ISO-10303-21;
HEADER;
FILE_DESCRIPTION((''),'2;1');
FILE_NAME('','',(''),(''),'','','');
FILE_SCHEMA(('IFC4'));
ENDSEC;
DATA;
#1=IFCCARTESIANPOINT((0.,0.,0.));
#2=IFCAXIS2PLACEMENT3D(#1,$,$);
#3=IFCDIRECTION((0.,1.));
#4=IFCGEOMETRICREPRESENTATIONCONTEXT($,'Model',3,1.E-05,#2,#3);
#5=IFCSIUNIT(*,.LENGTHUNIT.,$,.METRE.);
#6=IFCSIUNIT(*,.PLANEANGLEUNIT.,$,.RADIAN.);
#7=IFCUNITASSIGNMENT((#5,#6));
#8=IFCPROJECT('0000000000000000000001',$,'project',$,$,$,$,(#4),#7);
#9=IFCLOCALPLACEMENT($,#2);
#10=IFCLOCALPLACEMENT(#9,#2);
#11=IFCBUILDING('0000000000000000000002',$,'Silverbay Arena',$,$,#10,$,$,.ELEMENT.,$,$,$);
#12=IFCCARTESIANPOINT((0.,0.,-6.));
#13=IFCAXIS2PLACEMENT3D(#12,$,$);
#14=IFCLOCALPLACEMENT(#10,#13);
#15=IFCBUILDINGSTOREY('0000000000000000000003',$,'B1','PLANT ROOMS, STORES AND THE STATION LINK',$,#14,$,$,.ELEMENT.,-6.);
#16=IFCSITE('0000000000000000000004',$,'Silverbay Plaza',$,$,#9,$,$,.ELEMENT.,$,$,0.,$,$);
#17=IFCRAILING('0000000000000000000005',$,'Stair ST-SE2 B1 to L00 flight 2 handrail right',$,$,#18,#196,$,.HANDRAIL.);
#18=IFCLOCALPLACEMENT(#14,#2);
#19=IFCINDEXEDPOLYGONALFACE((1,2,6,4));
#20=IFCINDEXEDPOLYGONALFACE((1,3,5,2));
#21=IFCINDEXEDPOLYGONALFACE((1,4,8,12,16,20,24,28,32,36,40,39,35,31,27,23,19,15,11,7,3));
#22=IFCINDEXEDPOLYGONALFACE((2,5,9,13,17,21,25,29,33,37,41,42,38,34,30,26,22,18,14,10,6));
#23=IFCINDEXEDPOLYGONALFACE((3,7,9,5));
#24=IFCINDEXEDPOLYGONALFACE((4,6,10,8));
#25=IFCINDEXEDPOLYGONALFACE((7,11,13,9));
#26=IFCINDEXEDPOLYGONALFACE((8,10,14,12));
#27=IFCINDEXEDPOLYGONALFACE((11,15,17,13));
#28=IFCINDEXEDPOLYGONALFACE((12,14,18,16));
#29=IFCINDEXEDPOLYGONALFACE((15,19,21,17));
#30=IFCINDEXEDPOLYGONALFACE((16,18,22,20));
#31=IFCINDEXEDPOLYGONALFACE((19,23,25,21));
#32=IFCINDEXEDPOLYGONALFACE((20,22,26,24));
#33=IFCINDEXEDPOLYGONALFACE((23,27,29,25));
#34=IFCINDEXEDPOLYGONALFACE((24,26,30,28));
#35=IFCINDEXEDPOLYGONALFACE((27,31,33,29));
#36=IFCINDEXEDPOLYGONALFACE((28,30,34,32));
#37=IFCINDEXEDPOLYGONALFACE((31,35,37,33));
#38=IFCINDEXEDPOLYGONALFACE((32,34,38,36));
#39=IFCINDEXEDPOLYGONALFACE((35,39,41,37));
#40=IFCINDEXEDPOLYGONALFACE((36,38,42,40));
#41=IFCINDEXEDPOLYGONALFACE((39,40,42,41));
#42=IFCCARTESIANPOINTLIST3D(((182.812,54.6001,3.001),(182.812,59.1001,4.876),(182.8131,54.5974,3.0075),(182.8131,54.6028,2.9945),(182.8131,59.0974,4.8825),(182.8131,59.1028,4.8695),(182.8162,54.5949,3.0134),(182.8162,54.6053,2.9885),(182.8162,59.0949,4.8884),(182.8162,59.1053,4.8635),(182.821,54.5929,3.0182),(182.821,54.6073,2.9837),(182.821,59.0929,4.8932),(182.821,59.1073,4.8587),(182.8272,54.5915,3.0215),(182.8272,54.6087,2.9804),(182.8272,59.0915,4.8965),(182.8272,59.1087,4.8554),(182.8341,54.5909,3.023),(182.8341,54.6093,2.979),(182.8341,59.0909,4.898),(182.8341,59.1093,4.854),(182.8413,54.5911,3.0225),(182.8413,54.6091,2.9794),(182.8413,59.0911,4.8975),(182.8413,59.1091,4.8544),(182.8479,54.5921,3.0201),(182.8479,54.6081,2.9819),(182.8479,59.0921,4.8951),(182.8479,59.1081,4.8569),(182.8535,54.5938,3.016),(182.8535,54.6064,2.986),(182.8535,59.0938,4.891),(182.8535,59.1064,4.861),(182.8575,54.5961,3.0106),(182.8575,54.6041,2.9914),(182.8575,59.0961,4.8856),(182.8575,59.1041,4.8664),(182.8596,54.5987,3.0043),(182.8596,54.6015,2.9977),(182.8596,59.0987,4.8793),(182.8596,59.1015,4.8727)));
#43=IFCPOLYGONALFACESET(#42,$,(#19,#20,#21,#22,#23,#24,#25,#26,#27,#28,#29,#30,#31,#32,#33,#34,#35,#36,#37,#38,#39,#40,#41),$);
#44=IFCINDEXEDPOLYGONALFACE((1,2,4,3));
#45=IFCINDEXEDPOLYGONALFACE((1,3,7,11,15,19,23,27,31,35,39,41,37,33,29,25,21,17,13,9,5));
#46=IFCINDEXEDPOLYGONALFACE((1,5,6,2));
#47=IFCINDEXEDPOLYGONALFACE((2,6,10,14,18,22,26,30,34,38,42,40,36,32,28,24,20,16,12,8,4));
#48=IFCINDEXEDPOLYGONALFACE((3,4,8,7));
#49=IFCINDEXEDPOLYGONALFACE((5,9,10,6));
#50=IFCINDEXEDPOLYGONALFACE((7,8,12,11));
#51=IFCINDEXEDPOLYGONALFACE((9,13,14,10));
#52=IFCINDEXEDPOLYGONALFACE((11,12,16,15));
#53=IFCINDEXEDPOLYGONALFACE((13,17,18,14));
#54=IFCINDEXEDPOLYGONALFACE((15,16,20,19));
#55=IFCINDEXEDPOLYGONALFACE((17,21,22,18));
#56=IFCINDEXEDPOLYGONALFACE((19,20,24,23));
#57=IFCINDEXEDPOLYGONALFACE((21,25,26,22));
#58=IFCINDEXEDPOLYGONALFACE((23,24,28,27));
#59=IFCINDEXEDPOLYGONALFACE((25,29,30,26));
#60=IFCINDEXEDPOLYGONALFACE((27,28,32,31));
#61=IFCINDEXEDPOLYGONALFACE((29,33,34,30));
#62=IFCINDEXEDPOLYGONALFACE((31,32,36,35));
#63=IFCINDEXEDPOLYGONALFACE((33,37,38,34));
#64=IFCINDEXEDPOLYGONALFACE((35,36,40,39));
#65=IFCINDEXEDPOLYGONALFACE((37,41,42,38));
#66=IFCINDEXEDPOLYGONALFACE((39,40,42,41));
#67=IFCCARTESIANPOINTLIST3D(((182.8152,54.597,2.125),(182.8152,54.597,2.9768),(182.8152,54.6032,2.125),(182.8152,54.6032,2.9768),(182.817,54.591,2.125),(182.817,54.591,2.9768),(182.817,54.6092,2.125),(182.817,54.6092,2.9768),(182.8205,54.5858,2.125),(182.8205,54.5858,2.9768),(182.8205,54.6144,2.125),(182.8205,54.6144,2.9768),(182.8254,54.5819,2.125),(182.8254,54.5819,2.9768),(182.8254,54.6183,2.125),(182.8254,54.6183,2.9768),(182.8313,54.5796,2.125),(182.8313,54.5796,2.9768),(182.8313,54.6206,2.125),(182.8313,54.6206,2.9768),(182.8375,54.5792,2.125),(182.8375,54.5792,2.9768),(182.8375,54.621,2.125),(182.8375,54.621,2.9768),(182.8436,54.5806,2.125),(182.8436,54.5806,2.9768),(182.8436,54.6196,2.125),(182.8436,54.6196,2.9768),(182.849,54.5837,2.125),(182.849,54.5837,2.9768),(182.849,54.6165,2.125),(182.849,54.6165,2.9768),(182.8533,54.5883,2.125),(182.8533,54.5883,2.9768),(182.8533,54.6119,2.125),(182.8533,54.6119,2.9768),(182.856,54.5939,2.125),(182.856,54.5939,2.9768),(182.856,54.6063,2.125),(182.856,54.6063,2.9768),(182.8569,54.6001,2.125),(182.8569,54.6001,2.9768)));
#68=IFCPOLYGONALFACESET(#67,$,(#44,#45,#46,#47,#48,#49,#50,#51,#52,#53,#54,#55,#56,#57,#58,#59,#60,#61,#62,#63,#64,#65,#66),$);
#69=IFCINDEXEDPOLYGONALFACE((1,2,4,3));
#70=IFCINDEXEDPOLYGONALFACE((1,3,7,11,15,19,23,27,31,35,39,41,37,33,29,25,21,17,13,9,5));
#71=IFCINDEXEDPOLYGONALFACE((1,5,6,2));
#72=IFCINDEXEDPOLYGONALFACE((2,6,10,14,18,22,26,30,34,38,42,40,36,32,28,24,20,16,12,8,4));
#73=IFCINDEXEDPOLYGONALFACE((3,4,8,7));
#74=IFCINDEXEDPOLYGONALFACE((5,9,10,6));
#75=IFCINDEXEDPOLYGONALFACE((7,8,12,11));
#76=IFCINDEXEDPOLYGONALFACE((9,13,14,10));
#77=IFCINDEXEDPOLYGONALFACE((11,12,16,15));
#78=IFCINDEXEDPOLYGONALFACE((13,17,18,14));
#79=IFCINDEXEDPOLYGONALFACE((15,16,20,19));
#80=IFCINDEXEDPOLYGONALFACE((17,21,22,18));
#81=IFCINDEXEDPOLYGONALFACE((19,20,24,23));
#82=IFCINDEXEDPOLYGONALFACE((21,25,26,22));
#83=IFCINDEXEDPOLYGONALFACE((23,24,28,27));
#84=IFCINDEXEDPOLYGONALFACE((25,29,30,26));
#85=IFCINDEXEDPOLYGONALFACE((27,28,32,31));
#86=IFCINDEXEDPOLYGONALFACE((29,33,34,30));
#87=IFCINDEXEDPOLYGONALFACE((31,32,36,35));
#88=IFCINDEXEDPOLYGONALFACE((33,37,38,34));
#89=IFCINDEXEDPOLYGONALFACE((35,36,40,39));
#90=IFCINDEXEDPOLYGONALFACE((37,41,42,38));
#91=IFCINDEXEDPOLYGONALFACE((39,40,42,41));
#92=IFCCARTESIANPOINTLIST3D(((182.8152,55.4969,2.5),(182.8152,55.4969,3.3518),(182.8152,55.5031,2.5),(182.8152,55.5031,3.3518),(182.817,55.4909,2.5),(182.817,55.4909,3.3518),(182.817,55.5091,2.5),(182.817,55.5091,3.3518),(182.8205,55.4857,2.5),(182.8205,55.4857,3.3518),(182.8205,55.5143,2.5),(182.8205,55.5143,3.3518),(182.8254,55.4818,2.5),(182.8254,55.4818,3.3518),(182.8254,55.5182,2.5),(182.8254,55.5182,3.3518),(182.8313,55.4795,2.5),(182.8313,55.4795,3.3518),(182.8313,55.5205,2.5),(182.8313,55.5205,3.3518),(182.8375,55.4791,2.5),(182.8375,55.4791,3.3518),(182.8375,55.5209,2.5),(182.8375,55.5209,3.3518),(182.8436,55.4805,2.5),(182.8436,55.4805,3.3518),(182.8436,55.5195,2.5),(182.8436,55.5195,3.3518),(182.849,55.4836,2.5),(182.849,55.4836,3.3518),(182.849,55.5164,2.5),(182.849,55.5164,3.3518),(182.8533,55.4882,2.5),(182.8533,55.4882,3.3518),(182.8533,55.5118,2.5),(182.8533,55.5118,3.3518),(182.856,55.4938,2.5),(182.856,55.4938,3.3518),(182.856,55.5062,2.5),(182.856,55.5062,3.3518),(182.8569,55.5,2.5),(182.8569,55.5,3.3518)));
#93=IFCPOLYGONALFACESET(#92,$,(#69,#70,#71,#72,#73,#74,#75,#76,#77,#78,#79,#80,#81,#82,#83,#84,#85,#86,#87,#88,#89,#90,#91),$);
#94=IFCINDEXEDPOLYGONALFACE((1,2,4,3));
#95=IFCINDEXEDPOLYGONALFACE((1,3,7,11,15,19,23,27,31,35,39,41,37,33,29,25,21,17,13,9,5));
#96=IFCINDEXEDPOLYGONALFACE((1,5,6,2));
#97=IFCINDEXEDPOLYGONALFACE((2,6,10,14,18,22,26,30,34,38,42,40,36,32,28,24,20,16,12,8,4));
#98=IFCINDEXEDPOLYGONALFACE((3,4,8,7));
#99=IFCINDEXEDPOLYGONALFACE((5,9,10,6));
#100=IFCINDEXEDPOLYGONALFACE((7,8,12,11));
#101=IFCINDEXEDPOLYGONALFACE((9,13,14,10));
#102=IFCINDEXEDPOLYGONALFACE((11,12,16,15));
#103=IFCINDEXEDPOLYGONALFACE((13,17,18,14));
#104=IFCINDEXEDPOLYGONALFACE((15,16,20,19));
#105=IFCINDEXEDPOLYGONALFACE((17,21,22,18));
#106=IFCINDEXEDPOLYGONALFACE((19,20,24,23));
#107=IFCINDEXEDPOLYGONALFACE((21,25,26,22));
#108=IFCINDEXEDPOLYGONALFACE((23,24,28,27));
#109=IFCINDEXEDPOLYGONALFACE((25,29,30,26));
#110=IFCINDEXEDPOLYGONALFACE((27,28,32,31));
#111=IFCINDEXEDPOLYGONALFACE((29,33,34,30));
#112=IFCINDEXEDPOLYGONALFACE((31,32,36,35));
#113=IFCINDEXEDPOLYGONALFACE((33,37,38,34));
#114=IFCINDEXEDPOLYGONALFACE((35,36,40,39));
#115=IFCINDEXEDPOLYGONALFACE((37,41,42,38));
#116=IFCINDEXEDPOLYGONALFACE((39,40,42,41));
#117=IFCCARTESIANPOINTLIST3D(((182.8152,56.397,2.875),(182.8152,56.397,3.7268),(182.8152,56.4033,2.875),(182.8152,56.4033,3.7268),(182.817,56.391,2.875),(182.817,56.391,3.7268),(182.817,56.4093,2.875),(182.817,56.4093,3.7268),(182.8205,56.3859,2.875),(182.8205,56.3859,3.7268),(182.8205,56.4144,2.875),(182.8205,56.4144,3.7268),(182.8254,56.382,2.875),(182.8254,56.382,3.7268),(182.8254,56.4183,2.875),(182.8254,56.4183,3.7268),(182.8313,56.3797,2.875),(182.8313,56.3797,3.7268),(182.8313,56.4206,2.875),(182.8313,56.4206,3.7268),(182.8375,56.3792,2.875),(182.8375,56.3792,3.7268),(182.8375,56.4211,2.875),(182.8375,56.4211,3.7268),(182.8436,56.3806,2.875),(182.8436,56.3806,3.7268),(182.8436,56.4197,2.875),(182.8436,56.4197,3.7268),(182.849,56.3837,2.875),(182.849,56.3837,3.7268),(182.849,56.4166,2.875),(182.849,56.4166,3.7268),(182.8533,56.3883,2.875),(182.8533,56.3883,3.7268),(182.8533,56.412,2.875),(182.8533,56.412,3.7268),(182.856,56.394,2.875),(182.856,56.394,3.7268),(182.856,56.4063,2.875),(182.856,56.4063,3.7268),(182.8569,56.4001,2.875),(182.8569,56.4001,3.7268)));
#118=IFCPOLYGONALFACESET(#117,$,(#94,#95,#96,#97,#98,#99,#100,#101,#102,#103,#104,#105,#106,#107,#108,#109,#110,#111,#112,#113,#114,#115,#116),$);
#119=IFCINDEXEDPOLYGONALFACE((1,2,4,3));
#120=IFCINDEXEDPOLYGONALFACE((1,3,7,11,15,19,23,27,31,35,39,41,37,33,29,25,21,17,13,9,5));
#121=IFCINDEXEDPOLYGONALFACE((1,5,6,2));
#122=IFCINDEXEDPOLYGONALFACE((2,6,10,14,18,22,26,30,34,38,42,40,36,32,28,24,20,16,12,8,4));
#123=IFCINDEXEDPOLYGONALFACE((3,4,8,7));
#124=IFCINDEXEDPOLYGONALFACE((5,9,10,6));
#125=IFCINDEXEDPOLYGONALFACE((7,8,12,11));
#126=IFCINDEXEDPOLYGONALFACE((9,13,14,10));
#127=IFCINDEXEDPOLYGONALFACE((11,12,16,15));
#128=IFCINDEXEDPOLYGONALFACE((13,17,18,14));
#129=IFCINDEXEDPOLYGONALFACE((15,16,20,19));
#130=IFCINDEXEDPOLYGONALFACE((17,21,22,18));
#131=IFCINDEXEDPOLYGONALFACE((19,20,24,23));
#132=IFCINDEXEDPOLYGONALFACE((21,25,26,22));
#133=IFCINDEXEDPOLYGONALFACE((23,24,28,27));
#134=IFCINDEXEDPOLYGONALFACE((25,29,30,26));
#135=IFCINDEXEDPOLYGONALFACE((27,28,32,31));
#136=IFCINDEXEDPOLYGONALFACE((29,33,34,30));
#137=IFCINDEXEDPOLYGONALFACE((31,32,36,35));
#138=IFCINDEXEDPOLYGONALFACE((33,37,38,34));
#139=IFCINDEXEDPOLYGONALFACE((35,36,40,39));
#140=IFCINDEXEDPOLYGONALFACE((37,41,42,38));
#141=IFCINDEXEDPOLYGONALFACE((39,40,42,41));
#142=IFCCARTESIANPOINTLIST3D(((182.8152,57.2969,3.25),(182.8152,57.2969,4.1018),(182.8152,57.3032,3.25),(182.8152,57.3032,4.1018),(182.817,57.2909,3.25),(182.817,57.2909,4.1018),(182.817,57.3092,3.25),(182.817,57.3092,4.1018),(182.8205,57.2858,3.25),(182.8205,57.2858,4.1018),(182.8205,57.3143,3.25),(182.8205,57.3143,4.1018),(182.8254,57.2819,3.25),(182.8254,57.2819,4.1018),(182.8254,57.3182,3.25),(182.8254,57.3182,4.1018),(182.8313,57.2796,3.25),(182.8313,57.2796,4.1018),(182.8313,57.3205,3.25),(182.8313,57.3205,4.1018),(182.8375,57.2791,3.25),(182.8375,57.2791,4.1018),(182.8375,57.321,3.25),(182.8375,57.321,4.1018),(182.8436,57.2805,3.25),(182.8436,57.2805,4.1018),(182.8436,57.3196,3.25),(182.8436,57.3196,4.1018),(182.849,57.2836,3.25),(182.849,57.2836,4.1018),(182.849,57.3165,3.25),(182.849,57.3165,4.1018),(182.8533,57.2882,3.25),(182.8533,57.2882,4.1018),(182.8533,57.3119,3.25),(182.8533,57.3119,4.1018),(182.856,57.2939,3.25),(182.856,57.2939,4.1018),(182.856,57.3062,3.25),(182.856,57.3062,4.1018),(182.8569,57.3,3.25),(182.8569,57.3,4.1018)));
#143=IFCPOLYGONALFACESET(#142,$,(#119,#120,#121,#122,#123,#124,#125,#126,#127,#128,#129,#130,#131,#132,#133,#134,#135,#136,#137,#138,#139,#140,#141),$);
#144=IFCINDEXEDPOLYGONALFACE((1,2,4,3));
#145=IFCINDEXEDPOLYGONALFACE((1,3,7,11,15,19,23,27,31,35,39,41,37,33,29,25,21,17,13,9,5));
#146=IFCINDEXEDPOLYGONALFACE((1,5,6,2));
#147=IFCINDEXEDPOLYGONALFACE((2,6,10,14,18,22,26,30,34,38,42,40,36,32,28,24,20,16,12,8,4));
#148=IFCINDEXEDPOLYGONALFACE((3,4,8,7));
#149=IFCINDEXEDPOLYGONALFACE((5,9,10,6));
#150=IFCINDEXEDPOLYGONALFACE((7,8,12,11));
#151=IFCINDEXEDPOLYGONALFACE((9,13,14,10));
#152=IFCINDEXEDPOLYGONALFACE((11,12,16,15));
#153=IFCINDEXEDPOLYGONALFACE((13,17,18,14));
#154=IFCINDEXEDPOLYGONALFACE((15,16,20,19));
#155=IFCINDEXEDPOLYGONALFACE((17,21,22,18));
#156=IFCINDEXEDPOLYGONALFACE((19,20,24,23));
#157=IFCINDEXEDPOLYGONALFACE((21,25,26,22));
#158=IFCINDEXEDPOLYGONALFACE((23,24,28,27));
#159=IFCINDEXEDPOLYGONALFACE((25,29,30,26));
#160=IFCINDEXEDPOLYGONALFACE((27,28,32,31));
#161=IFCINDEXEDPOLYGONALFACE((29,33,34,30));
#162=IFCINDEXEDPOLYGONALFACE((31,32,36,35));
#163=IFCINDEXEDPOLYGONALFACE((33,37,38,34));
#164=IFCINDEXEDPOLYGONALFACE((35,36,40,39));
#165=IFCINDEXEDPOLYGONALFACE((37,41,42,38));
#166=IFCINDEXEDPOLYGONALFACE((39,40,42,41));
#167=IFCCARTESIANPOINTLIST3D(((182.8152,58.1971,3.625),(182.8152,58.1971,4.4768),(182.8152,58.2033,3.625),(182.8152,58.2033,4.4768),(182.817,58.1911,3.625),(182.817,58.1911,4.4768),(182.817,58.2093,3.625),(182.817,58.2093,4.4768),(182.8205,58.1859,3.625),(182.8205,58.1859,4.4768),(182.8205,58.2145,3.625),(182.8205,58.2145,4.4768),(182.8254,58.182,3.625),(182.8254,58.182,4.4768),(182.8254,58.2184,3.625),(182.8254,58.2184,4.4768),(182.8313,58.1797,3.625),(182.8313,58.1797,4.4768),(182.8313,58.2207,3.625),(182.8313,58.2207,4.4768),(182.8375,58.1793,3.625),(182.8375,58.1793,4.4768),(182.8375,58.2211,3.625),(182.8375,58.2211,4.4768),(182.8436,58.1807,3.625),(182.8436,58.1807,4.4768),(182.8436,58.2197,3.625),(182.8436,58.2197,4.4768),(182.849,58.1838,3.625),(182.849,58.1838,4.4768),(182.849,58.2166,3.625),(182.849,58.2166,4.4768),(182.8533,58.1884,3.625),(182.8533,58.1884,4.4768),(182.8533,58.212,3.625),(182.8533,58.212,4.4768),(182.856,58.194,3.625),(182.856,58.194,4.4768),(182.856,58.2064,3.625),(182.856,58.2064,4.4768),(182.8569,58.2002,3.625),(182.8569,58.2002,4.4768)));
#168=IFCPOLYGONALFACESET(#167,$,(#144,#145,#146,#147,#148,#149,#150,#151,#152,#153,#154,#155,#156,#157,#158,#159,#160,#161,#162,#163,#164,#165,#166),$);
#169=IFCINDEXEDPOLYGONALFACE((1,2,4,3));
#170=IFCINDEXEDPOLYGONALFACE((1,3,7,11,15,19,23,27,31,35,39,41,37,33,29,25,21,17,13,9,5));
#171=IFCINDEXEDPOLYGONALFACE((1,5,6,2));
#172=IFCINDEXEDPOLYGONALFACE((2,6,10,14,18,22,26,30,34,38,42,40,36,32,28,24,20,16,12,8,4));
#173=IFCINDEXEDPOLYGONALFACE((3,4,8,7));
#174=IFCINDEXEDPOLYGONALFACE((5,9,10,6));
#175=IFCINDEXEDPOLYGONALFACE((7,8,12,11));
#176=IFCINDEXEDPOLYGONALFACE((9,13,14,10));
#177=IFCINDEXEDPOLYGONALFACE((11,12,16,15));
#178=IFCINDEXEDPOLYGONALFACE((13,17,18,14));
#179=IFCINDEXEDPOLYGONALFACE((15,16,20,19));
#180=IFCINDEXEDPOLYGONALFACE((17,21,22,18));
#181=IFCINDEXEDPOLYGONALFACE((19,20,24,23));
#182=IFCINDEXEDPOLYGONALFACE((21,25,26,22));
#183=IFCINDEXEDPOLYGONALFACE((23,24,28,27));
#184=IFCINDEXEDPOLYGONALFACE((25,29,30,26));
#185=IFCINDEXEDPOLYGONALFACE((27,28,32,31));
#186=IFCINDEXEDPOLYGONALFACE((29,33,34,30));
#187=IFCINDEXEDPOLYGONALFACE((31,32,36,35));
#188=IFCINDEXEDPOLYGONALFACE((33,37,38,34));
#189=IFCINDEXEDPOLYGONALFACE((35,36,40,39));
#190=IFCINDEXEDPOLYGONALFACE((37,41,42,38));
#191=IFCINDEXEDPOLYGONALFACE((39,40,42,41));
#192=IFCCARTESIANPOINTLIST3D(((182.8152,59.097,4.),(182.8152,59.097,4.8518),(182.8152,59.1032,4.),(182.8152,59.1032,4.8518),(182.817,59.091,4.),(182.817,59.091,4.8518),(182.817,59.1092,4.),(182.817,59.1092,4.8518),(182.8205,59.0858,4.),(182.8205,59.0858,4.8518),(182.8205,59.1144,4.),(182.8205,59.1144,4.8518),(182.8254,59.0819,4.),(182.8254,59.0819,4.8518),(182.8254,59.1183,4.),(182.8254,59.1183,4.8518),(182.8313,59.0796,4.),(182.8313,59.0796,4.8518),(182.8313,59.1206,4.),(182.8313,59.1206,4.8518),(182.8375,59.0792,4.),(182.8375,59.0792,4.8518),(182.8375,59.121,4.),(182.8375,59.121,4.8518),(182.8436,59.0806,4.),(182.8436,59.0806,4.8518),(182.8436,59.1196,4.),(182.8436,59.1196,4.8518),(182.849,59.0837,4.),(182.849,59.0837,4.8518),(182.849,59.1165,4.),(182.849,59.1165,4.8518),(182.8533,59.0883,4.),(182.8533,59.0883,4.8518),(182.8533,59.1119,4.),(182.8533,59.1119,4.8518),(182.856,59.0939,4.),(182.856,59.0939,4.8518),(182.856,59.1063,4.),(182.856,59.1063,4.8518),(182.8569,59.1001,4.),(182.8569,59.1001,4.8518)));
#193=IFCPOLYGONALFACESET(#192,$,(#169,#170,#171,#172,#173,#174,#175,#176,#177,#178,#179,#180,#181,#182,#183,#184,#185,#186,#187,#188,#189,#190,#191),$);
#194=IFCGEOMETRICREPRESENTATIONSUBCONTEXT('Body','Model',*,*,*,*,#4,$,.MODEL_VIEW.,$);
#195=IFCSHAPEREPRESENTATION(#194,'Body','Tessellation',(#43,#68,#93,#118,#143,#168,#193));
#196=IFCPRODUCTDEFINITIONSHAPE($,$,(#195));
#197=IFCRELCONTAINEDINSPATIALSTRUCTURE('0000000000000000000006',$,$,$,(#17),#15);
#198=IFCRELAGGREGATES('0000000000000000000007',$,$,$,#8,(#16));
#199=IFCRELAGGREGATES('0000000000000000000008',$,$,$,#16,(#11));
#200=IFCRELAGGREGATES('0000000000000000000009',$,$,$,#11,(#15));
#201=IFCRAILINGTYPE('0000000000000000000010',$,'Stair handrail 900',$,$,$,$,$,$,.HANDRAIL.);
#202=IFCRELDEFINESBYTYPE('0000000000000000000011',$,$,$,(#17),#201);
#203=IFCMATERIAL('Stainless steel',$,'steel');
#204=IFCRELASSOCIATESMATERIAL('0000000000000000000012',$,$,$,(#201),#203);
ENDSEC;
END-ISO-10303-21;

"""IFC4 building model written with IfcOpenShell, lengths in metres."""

from ifc_helpers import new_model, si_unit, direction, frame, origin, origin_2d, place, context, subcontext, project, spatial, circle, extrude, material, type_object, element, save


model = new_model("IFC4")

# Units and contexts
model_context = context("Model", 3, precision=1e-05, world=origin(), true_north=direction((0.0, 1.0)))
body_context = subcontext(model_context, "Body", "Model", "MODEL_VIEW")
ifc_project = project(units=[si_unit("LENGTHUNIT", "METRE"), si_unit("PLANEANGLEUNIT", "RADIAN")], contexts=[model_context])

# Site, building, storey
site_placement = place(None, origin())
site = spatial("IfcSite", under=ifc_project, at=site_placement, Name="Silverbay Plaza", CompositionType="ELEMENT", RefElevation=0.0)
building_placement = place(site_placement, origin())
building = spatial("IfcBuilding", under=site, at=building_placement, Name="Silverbay Arena", CompositionType="ELEMENT")
storey_placement = place(building_placement, frame((0.0, 0.0, -6.0)))
storey = spatial("IfcBuildingStorey", under=building, at=storey_placement, Name="B1", Description="PLANT ROOMS, STORES AND THE STATION LINK", CompositionType="ELEMENT", Elevation=-6.0)

# Railing
ifc_material_1 = material(Name="Stainless steel", Category="steel")
railing_type_1 = type_object("IfcRailingType", Name="Stair handrail 900", PredefinedType="HANDRAIL", material=ifc_material_1)
for number, where, name in (
    (1, (182.8359, 54.6001, 2.125), "Stair ST-SE2 B1 to L00 flight 2 handrail right"),
):
    element("IfcRailing", number, at=place(storey_placement, frame(where)), inside=storey, type_object=railing_type_1, Name=name, PredefinedType="HANDRAIL", context=body_context, shape_type="SweptSolid", body=[
        extrude(circle(Radius=0.0239, at=origin_2d()), frame((0.0, 0.0, 0.876), z_axis=(0.0, 0.923077, 0.384615), x_axis=(-1.0, 0.0, 0.0)), (0.0, 0.0, 1.0), 4.875),
        extrude(circle(Radius=0.021, at=origin_2d()), origin(), (0.0, 0.0, 1.0), 0.8518),
        extrude(circle(Radius=0.021, at=origin_2d()), frame((0.0, 0.8999, 0.375)), (0.0, 0.0, 1.0), 0.8518),
        extrude(circle(Radius=0.021, at=origin_2d()), frame((0.0, 1.8, 0.75)), (0.0, 0.0, 1.0), 0.8518),
        extrude(circle(Radius=0.021, at=origin_2d()), frame((0.0, 2.7, 1.125)), (0.0, 0.0, 1.0), 0.8518),
        extrude(circle(Radius=0.021, at=origin_2d()), frame((0.0, 3.6001, 1.5)), (0.0, 0.0, 1.0), 0.8518),
        extrude(circle(Radius=0.021, at=origin_2d()), frame((0.0, 4.5, 1.875)), (0.0, 0.0, 1.0), 0.8518),
    ])

save(model, "model.ifc")
